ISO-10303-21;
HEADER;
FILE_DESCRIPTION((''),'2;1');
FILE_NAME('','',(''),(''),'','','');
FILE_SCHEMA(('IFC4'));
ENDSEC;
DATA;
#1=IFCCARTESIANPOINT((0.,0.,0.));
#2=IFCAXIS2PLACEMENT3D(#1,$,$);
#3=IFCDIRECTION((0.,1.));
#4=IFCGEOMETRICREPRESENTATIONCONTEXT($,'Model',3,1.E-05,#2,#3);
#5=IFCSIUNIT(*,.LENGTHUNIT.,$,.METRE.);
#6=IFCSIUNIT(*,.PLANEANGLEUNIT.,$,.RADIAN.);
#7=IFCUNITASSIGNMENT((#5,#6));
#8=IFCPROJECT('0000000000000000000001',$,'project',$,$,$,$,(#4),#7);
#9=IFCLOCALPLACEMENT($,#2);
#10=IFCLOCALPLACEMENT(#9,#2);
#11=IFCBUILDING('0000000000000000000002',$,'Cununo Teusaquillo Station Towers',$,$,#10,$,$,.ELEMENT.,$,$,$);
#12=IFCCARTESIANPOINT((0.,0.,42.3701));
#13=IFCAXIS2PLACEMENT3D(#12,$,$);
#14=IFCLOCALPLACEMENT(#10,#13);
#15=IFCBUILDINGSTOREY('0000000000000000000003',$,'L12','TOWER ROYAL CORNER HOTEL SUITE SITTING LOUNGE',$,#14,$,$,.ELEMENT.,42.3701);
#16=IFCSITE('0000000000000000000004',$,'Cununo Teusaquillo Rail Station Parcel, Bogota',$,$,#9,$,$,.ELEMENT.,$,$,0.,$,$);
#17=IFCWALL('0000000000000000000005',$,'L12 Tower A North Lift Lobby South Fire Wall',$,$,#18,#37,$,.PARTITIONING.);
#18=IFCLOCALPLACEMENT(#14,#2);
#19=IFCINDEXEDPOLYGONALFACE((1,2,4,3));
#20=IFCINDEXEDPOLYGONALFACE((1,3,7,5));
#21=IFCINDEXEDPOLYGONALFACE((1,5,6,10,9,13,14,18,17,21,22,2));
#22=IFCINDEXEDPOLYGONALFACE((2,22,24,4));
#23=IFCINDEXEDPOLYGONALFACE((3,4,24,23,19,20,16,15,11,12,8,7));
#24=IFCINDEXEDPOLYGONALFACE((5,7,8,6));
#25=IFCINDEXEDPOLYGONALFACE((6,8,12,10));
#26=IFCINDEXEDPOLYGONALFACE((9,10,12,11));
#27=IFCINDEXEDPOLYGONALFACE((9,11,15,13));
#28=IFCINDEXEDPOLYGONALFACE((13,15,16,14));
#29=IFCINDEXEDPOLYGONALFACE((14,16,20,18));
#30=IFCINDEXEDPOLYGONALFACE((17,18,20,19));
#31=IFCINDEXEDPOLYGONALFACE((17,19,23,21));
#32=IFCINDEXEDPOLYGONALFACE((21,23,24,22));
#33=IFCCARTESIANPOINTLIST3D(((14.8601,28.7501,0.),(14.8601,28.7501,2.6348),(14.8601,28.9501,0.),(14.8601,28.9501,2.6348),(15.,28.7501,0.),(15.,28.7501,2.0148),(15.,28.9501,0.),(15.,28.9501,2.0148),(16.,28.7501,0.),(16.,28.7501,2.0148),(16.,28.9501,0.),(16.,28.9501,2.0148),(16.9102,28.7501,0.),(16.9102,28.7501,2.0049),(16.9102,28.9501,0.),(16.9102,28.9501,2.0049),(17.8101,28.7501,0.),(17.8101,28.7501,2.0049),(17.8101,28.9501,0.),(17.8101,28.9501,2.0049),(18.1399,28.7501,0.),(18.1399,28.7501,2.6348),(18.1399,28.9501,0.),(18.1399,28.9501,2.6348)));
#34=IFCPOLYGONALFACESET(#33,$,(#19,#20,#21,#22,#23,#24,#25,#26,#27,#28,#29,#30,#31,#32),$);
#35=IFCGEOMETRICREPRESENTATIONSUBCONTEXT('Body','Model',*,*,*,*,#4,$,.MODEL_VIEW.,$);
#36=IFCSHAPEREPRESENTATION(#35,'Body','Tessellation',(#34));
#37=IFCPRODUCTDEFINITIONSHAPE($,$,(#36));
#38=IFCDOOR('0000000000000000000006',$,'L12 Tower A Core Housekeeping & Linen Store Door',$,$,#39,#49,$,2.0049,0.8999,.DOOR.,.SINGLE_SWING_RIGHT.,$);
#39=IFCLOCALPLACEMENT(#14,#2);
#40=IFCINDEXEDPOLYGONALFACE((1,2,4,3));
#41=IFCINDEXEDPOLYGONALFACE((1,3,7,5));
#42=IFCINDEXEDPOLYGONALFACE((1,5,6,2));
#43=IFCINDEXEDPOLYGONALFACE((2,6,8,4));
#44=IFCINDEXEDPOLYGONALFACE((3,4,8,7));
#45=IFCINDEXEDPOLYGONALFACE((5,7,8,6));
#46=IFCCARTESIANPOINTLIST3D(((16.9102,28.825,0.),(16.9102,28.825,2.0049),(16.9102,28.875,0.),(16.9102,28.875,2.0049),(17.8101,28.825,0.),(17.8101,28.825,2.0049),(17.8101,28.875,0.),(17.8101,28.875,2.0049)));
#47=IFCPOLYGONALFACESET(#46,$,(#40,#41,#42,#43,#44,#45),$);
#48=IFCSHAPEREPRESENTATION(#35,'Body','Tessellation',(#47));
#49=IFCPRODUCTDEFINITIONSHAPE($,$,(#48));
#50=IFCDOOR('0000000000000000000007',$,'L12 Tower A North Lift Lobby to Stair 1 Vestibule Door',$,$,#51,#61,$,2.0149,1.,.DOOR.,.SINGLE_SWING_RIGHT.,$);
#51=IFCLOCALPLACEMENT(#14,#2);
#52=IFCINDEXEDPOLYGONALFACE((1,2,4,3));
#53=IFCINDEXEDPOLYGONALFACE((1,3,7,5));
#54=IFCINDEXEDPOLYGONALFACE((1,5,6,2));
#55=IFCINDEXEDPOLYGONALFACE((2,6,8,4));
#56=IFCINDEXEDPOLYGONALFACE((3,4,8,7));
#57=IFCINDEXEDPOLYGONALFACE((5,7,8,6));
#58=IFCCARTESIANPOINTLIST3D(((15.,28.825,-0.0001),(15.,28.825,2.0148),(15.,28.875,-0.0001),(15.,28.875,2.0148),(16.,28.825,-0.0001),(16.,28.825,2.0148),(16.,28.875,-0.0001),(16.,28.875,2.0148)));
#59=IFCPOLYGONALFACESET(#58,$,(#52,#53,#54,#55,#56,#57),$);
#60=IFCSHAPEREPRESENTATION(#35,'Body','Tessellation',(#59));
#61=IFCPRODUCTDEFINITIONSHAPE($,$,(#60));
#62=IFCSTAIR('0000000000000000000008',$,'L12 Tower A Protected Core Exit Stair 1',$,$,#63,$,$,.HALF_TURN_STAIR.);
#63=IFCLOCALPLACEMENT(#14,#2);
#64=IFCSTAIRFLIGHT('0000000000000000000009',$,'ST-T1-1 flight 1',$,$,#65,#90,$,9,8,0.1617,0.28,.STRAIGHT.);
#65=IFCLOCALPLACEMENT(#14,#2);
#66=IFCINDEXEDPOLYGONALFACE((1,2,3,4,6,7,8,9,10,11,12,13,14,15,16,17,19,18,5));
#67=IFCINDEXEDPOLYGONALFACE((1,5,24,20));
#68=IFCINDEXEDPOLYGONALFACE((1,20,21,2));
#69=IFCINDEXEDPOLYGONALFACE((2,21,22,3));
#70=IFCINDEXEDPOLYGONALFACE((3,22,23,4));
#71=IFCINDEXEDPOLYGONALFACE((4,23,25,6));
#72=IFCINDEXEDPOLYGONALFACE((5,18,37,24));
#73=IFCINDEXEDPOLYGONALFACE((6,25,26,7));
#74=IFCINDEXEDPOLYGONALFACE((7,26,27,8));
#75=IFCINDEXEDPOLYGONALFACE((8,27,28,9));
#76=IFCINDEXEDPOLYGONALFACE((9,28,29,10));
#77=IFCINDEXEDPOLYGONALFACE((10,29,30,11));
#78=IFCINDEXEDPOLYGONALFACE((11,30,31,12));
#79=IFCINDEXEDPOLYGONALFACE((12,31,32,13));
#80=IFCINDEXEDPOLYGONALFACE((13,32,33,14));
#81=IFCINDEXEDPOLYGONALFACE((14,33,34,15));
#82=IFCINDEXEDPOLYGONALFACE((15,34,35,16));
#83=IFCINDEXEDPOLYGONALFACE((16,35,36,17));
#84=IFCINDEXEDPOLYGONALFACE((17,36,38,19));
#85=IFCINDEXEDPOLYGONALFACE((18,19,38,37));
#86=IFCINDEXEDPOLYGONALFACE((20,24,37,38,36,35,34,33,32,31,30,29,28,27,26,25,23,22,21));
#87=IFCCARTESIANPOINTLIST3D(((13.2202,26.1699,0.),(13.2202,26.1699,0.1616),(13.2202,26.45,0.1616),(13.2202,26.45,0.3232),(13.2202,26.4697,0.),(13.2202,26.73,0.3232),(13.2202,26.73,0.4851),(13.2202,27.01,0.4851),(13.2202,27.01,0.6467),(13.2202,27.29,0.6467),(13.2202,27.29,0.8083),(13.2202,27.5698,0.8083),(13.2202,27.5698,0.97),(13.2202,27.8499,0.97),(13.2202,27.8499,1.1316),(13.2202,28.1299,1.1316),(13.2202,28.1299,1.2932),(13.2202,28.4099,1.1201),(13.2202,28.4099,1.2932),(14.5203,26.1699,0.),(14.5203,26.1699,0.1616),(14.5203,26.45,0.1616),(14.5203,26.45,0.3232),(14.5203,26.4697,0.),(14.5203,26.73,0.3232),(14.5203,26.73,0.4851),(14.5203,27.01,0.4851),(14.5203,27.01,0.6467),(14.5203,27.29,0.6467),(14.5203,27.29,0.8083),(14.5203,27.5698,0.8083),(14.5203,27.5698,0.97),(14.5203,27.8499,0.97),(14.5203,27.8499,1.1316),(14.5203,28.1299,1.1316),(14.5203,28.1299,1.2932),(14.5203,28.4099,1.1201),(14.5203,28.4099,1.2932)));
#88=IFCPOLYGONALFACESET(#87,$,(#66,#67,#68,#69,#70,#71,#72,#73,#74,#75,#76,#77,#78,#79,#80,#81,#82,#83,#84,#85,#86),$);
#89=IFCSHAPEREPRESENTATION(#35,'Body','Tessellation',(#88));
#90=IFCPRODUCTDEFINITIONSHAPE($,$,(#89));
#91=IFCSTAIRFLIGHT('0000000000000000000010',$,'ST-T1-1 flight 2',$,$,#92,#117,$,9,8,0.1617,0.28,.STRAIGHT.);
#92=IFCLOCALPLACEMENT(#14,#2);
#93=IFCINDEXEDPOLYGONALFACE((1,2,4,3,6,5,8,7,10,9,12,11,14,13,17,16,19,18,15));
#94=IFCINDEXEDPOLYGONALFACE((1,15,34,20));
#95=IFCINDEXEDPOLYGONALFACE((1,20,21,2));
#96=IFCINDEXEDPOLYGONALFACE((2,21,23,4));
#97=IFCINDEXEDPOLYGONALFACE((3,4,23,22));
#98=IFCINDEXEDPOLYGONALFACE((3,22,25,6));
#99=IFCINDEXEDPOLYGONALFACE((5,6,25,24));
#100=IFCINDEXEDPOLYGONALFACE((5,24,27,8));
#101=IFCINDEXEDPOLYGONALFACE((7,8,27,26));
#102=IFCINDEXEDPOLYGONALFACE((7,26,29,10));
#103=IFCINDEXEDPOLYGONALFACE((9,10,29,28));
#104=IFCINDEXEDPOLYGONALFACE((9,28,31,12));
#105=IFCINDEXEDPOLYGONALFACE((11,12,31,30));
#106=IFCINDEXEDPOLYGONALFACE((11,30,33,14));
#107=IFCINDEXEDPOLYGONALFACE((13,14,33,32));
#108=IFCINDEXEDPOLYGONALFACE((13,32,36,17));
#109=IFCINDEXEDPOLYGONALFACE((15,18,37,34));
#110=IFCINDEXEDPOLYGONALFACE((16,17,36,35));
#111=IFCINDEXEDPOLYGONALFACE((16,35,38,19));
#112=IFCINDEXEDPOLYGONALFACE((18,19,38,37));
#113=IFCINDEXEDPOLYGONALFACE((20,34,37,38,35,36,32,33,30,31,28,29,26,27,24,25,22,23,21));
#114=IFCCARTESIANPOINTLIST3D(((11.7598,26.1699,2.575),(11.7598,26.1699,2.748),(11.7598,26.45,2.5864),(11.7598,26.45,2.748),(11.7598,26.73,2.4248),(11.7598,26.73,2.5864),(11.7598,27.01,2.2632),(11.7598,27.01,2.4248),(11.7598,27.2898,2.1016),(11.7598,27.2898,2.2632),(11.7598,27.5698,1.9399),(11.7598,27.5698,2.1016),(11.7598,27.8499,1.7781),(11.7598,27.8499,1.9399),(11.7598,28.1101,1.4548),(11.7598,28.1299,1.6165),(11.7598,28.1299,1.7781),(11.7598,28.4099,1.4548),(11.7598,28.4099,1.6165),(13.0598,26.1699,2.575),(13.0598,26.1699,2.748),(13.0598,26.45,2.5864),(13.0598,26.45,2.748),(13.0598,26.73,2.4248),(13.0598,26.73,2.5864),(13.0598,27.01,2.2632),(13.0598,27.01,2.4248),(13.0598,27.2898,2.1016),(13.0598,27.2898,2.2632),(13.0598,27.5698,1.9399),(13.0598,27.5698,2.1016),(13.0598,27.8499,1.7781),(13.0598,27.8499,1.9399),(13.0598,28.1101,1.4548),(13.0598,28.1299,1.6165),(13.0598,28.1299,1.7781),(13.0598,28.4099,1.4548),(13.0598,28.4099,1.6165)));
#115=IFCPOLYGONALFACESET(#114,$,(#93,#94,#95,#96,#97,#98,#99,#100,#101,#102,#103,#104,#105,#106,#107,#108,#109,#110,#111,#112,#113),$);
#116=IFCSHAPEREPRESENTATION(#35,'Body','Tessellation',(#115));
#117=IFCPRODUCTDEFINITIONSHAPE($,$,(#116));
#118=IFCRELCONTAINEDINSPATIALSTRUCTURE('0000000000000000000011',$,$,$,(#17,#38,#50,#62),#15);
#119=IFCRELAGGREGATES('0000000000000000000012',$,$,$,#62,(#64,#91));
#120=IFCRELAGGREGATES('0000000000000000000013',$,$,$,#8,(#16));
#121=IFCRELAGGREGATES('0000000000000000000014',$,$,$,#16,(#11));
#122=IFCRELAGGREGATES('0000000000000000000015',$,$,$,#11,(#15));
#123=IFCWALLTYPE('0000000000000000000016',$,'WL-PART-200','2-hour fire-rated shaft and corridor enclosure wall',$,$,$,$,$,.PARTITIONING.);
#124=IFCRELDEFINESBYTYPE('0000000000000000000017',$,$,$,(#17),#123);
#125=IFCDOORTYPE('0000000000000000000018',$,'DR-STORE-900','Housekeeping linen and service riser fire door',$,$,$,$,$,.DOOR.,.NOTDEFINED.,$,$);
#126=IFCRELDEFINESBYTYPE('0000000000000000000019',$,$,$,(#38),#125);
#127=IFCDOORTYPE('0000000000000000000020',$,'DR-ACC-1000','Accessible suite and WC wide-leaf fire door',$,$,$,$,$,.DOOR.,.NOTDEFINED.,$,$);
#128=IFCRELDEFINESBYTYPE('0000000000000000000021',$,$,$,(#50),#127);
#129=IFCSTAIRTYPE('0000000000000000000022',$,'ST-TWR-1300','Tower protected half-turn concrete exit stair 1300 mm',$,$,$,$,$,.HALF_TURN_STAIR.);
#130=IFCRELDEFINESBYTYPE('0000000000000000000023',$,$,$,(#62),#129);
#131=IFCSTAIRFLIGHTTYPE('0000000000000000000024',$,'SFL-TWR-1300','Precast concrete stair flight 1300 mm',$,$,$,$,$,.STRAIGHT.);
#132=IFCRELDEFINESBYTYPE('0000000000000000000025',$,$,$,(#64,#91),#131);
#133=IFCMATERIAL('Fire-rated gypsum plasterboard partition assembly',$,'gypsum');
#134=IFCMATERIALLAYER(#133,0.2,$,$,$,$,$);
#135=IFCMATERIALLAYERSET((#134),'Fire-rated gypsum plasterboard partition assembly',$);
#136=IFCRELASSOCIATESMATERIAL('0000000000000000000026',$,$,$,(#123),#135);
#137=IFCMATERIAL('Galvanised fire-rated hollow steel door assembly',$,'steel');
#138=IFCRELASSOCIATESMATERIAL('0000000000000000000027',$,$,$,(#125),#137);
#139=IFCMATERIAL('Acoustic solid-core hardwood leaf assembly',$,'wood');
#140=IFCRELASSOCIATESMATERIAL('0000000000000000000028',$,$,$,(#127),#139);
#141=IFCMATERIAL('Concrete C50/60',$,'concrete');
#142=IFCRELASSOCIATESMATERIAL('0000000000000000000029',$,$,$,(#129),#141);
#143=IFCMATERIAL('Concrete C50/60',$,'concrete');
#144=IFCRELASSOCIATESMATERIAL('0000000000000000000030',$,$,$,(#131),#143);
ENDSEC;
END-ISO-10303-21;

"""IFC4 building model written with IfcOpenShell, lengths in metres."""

from ifc_helpers import new_model, si_unit, direction, frame, frame_2d, origin, place, context, subcontext, project, spatial, polyline, rectangle, outline, extrude, source, transform, mapped, material, layer, layer_set, type_object, element, fill, aggregate, save


model = new_model("IFC4")

# Units and contexts
model_context = context("Model", 3, precision=1e-05, world=origin(), true_north=direction((0.0, 1.0)))
body_context = subcontext(model_context, "Body", "Model", "MODEL_VIEW")
ifc_project = project(units=[si_unit("LENGTHUNIT", "METRE"), si_unit("PLANEANGLEUNIT", "RADIAN")], contexts=[model_context])

# Site, building, storey
site_placement = place(None, origin())
site = spatial("IfcSite", under=ifc_project, at=site_placement, Name="Cununo Teusaquillo Rail Station Parcel, Bogota", CompositionType="ELEMENT", RefElevation=0.0)
building_placement = place(site_placement, origin())
building = spatial("IfcBuilding", under=site, at=building_placement, Name="Cununo Teusaquillo Station Towers", CompositionType="ELEMENT")
storey_placement = place(building_placement, frame((0.0, 0.0, 42.3701)))
storey = spatial("IfcBuildingStorey", under=building, at=storey_placement, Name="L12", Description="TOWER ROYAL CORNER HOTEL SUITE SITTING LOUNGE", CompositionType="ELEMENT", Elevation=42.3701)

# Shared definitions
ifc_material_1 = material(Name="Fire-rated gypsum plasterboard partition assembly", Category="gypsum")
ifc_layer_1 = layer(ifc_material_1, 0.2)
ifc_layer_set_1 = layer_set([ifc_layer_1], Name="Fire-rated gypsum plasterboard partition assembly")
wall_type_1 = type_object("IfcWallType", Name="WL-PART-200", Description="2-hour fire-rated shaft and corridor enclosure wall", PredefinedType="PARTITIONING", material=ifc_layer_set_1)
shared_shape_1 = source(origin(), body_context, "Body", "SweptSolid", [
    extrude(rectangle(XDim=0.8999, YDim=2.0049, at=frame_2d((0.45, 1.0024))), frame((0.0, 0.1099, 0.0), z_axis=(0.0, -1.0, 0.0), x_axis=(1.0, 0.0, 0.0)), (0.0, 0.0, 1.0), 0.22),
])
ifc_material_2 = material(Name="Galvanised fire-rated hollow steel door assembly", Category="steel")
door_type_1 = type_object("IfcDoorType", Name="DR-STORE-900", Description="Housekeeping linen and service riser fire door", OperationType="NOTDEFINED", PredefinedType="DOOR", material=ifc_material_2)
shared_shape_2 = source(origin(), body_context, "Body", "SweptSolid", [
    extrude(rectangle(XDim=0.8999, YDim=2.0049, at=frame_2d((0.45, 1.0024))), frame((0.0, 0.0249, 0.0), z_axis=(0.0, -1.0, 0.0), x_axis=(1.0, 0.0, 0.0)), (0.0, 0.0, 1.0), 0.05),
])

# Wall, openings, doors
wall_1_placement = place(storey_placement, frame((14.8601, 28.8501, 0.0), z_axis=(0.0, 0.0, 1.0), x_axis=(1.0, 0.0, 0.0)))
wall_1 = element("IfcWall", 1, at=wall_1_placement, inside=storey, type_object=wall_type_1, Name="L12 Tower A North Lift Lobby South Fire Wall", PredefinedType="PARTITIONING", context=body_context, shape_type="SweptSolid", body=[
    extrude(rectangle(XDim=3.2798, YDim=0.2, at=frame_2d((1.6399, 0.0))), origin(), (0.0, 0.0, 1.0), 2.6348),
])
shared_shape_3 = source(origin(), body_context, "Body", "SweptSolid", [
    extrude(rectangle(XDim=1.0, YDim=2.0149, at=frame_2d((0.5, 1.0073))), frame((0.0, 0.1099, 0.0), z_axis=(0.0, -1.0, 0.0), x_axis=(1.0, 0.0, 0.0)), (0.0, 0.0, 1.0), 0.22),
])
opening_1_placement = place(wall_1_placement, frame((0.1399, 0.0, 0.0)))
opening_1 = element("IfcOpeningElement", 2, at=opening_1_placement, cuts=wall_1, PredefinedType="OPENING", context=body_context, shape_type="MappedRepresentation", body=[
    mapped(shared_shape_3, transform((0.0, 0.0, 0.0), x_axis=(1.0, 0.0, 0.0), y_axis=(0.0, 1.0, 0.0), z_axis=(0.0, 0.0, 1.0), scale=1.0)),
])
opening_2_placement = place(wall_1_placement, frame((2.05, 0.0, 0.0)))
opening_2 = element("IfcOpeningElement", 3, at=opening_2_placement, cuts=wall_1, PredefinedType="OPENING", context=body_context, shape_type="MappedRepresentation", body=[
    mapped(shared_shape_1, transform((0.0, 0.0, 0.0), x_axis=(1.0, 0.0, 0.0), y_axis=(0.0, 1.0, 0.0), z_axis=(0.0, 0.0, 1.0), scale=1.0)),
])
door_1_placement = place(opening_2_placement, origin())
door_1 = element("IfcDoor", 4, at=door_1_placement, inside=storey, type_object=door_type_1, Name="L12 Tower A Core Housekeeping & Linen Store Door", OperationType="SINGLE_SWING_RIGHT", OverallHeight=2.0049, OverallWidth=0.8999, PredefinedType="DOOR", context=body_context, shape_type="MappedRepresentation", body=[
    mapped(shared_shape_2, transform((0.0, 0.0, 0.0), x_axis=(1.0, 0.0, 0.0), y_axis=(0.0, 1.0, 0.0), z_axis=(0.0, 0.0, 1.0), scale=1.0)),
])
fill(opening_2, door_1)
ifc_material_3 = material(Name="Acoustic solid-core hardwood leaf assembly", Category="wood")
door_type_2 = type_object("IfcDoorType", Name="DR-ACC-1000", Description="Accessible suite and WC wide-leaf fire door", OperationType="NOTDEFINED", PredefinedType="DOOR", material=ifc_material_3)
shared_shape_4 = source(origin(), body_context, "Body", "SweptSolid", [
    extrude(rectangle(XDim=1.0, YDim=2.0149, at=frame_2d((0.5, 1.0073))), frame((0.0, 0.0249, 0.0), z_axis=(0.0, -1.0, 0.0), x_axis=(1.0, 0.0, 0.0)), (0.0, 0.0, 1.0), 0.05),
])
door_2_placement = place(opening_1_placement, origin())
door_2 = element("IfcDoor", 5, at=door_2_placement, inside=storey, type_object=door_type_2, Name="L12 Tower A North Lift Lobby to Stair 1 Vestibule Door", OperationType="SINGLE_SWING_RIGHT", OverallHeight=2.0149, OverallWidth=1.0, PredefinedType="DOOR", context=body_context, shape_type="MappedRepresentation", body=[
    mapped(shared_shape_4, transform((0.0, 0.0, 0.0), x_axis=(1.0, 0.0, 0.0), y_axis=(0.0, 1.0, 0.0), z_axis=(0.0, 0.0, 1.0), scale=1.0)),
])
fill(opening_1, door_2)

# Stair, stair flights
ifc_material_4 = material(Name="Concrete C50/60", Category="concrete")
stair_type = type_object("IfcStairType", Name="ST-TWR-1300", Description="Tower protected half-turn concrete exit stair 1300 mm", PredefinedType="HALF_TURN_STAIR", material=ifc_material_4)
stair_placement = place(storey_placement, origin())
stair = element("IfcStair", 6, at=stair_placement, inside=storey, type_object=stair_type, Name="L12 Tower A Protected Core Exit Stair 1", PredefinedType="HALF_TURN_STAIR")
ifc_material_5 = material(Name="Concrete C50/60", Category="concrete")
stair_flight_type = type_object("IfcStairFlightType", Name="SFL-TWR-1300", Description="Precast concrete stair flight 1300 mm", PredefinedType="STRAIGHT", material=ifc_material_5)
stair_flight_1_placement = place(storey_placement, frame((13.8701, 26.1699, 0.0), z_axis=(0.0, 0.0, 1.0), x_axis=(0.0, 1.0, 0.0)))
stair_flight_1 = element("IfcStairFlight", 7, at=stair_flight_1_placement, type_object=stair_flight_type, Name="ST-T1-1 flight 1", NumberOfRisers=9, NumberOfTreads=8, PredefinedType="STRAIGHT", RiserHeight=0.1617, TreadLength=0.28, context=body_context, shape_type="SweptSolid", body=[
    extrude(outline(polyline([(0.0, 0.0), (0.0, 0.1616), (0.28, 0.1616), (0.28, 0.3232), (0.5601, 0.3232), (0.5601, 0.4851), (0.8401, 0.4851), (0.8401, 0.6467), (1.1201, 0.6467), (1.1201, 0.8083), (1.3999, 0.8083), (1.3999, 0.97), (1.6799, 0.97), (1.6799, 1.1316), (1.96, 1.1316), (1.96, 1.2932), (2.24, 1.2932), (2.24, 1.4551), (2.24, 1.1201), (0.2998, 0.0), (0.0, 0.0)])), frame((0.0, 0.6499, 0.0), z_axis=(0.0, -1.0, 0.0), x_axis=(1.0, 0.0, 0.0)), (0.0, 0.0, 1.0), 1.3),
])
stair_flight_2_placement = place(storey_placement, frame((12.4099, 28.4099, 1.4548), z_axis=(0.0, 0.0, 1.0), x_axis=(0.0, -1.0, 0.0)))
stair_flight_2 = element("IfcStairFlight", 8, at=stair_flight_2_placement, type_object=stair_flight_type, Name="ST-T1-1 flight 2", NumberOfRisers=9, NumberOfTreads=8, PredefinedType="STRAIGHT", RiserHeight=0.1617, TreadLength=0.28, context=body_context, shape_type="SweptSolid", body=[
    extrude(outline(polyline([(0.0, 0.0), (0.0, 0.1616), (0.28, 0.1616), (0.28, 0.3232), (0.5601, 0.3232), (0.5601, 0.4851), (0.8401, 0.4851), (0.8401, 0.6467), (1.1201, 0.6467), (1.1201, 0.8083), (1.3999, 0.8083), (1.3999, 0.97), (1.6799, 0.97), (1.6799, 1.1316), (1.96, 1.1316), (1.96, 1.2932), (2.24, 1.2932), (2.24, 1.4551), (2.24, 1.1201), (0.2998, 0.0), (0.0, 0.0)])), frame((0.0, 0.6499, 0.0), z_axis=(0.0, -1.0, 0.0), x_axis=(1.0, 0.0, 0.0)), (0.0, 0.0, 1.0), 1.3),
])
aggregate(stair, [stair_flight_1, stair_flight_2])

save(model, "model.ifc")
